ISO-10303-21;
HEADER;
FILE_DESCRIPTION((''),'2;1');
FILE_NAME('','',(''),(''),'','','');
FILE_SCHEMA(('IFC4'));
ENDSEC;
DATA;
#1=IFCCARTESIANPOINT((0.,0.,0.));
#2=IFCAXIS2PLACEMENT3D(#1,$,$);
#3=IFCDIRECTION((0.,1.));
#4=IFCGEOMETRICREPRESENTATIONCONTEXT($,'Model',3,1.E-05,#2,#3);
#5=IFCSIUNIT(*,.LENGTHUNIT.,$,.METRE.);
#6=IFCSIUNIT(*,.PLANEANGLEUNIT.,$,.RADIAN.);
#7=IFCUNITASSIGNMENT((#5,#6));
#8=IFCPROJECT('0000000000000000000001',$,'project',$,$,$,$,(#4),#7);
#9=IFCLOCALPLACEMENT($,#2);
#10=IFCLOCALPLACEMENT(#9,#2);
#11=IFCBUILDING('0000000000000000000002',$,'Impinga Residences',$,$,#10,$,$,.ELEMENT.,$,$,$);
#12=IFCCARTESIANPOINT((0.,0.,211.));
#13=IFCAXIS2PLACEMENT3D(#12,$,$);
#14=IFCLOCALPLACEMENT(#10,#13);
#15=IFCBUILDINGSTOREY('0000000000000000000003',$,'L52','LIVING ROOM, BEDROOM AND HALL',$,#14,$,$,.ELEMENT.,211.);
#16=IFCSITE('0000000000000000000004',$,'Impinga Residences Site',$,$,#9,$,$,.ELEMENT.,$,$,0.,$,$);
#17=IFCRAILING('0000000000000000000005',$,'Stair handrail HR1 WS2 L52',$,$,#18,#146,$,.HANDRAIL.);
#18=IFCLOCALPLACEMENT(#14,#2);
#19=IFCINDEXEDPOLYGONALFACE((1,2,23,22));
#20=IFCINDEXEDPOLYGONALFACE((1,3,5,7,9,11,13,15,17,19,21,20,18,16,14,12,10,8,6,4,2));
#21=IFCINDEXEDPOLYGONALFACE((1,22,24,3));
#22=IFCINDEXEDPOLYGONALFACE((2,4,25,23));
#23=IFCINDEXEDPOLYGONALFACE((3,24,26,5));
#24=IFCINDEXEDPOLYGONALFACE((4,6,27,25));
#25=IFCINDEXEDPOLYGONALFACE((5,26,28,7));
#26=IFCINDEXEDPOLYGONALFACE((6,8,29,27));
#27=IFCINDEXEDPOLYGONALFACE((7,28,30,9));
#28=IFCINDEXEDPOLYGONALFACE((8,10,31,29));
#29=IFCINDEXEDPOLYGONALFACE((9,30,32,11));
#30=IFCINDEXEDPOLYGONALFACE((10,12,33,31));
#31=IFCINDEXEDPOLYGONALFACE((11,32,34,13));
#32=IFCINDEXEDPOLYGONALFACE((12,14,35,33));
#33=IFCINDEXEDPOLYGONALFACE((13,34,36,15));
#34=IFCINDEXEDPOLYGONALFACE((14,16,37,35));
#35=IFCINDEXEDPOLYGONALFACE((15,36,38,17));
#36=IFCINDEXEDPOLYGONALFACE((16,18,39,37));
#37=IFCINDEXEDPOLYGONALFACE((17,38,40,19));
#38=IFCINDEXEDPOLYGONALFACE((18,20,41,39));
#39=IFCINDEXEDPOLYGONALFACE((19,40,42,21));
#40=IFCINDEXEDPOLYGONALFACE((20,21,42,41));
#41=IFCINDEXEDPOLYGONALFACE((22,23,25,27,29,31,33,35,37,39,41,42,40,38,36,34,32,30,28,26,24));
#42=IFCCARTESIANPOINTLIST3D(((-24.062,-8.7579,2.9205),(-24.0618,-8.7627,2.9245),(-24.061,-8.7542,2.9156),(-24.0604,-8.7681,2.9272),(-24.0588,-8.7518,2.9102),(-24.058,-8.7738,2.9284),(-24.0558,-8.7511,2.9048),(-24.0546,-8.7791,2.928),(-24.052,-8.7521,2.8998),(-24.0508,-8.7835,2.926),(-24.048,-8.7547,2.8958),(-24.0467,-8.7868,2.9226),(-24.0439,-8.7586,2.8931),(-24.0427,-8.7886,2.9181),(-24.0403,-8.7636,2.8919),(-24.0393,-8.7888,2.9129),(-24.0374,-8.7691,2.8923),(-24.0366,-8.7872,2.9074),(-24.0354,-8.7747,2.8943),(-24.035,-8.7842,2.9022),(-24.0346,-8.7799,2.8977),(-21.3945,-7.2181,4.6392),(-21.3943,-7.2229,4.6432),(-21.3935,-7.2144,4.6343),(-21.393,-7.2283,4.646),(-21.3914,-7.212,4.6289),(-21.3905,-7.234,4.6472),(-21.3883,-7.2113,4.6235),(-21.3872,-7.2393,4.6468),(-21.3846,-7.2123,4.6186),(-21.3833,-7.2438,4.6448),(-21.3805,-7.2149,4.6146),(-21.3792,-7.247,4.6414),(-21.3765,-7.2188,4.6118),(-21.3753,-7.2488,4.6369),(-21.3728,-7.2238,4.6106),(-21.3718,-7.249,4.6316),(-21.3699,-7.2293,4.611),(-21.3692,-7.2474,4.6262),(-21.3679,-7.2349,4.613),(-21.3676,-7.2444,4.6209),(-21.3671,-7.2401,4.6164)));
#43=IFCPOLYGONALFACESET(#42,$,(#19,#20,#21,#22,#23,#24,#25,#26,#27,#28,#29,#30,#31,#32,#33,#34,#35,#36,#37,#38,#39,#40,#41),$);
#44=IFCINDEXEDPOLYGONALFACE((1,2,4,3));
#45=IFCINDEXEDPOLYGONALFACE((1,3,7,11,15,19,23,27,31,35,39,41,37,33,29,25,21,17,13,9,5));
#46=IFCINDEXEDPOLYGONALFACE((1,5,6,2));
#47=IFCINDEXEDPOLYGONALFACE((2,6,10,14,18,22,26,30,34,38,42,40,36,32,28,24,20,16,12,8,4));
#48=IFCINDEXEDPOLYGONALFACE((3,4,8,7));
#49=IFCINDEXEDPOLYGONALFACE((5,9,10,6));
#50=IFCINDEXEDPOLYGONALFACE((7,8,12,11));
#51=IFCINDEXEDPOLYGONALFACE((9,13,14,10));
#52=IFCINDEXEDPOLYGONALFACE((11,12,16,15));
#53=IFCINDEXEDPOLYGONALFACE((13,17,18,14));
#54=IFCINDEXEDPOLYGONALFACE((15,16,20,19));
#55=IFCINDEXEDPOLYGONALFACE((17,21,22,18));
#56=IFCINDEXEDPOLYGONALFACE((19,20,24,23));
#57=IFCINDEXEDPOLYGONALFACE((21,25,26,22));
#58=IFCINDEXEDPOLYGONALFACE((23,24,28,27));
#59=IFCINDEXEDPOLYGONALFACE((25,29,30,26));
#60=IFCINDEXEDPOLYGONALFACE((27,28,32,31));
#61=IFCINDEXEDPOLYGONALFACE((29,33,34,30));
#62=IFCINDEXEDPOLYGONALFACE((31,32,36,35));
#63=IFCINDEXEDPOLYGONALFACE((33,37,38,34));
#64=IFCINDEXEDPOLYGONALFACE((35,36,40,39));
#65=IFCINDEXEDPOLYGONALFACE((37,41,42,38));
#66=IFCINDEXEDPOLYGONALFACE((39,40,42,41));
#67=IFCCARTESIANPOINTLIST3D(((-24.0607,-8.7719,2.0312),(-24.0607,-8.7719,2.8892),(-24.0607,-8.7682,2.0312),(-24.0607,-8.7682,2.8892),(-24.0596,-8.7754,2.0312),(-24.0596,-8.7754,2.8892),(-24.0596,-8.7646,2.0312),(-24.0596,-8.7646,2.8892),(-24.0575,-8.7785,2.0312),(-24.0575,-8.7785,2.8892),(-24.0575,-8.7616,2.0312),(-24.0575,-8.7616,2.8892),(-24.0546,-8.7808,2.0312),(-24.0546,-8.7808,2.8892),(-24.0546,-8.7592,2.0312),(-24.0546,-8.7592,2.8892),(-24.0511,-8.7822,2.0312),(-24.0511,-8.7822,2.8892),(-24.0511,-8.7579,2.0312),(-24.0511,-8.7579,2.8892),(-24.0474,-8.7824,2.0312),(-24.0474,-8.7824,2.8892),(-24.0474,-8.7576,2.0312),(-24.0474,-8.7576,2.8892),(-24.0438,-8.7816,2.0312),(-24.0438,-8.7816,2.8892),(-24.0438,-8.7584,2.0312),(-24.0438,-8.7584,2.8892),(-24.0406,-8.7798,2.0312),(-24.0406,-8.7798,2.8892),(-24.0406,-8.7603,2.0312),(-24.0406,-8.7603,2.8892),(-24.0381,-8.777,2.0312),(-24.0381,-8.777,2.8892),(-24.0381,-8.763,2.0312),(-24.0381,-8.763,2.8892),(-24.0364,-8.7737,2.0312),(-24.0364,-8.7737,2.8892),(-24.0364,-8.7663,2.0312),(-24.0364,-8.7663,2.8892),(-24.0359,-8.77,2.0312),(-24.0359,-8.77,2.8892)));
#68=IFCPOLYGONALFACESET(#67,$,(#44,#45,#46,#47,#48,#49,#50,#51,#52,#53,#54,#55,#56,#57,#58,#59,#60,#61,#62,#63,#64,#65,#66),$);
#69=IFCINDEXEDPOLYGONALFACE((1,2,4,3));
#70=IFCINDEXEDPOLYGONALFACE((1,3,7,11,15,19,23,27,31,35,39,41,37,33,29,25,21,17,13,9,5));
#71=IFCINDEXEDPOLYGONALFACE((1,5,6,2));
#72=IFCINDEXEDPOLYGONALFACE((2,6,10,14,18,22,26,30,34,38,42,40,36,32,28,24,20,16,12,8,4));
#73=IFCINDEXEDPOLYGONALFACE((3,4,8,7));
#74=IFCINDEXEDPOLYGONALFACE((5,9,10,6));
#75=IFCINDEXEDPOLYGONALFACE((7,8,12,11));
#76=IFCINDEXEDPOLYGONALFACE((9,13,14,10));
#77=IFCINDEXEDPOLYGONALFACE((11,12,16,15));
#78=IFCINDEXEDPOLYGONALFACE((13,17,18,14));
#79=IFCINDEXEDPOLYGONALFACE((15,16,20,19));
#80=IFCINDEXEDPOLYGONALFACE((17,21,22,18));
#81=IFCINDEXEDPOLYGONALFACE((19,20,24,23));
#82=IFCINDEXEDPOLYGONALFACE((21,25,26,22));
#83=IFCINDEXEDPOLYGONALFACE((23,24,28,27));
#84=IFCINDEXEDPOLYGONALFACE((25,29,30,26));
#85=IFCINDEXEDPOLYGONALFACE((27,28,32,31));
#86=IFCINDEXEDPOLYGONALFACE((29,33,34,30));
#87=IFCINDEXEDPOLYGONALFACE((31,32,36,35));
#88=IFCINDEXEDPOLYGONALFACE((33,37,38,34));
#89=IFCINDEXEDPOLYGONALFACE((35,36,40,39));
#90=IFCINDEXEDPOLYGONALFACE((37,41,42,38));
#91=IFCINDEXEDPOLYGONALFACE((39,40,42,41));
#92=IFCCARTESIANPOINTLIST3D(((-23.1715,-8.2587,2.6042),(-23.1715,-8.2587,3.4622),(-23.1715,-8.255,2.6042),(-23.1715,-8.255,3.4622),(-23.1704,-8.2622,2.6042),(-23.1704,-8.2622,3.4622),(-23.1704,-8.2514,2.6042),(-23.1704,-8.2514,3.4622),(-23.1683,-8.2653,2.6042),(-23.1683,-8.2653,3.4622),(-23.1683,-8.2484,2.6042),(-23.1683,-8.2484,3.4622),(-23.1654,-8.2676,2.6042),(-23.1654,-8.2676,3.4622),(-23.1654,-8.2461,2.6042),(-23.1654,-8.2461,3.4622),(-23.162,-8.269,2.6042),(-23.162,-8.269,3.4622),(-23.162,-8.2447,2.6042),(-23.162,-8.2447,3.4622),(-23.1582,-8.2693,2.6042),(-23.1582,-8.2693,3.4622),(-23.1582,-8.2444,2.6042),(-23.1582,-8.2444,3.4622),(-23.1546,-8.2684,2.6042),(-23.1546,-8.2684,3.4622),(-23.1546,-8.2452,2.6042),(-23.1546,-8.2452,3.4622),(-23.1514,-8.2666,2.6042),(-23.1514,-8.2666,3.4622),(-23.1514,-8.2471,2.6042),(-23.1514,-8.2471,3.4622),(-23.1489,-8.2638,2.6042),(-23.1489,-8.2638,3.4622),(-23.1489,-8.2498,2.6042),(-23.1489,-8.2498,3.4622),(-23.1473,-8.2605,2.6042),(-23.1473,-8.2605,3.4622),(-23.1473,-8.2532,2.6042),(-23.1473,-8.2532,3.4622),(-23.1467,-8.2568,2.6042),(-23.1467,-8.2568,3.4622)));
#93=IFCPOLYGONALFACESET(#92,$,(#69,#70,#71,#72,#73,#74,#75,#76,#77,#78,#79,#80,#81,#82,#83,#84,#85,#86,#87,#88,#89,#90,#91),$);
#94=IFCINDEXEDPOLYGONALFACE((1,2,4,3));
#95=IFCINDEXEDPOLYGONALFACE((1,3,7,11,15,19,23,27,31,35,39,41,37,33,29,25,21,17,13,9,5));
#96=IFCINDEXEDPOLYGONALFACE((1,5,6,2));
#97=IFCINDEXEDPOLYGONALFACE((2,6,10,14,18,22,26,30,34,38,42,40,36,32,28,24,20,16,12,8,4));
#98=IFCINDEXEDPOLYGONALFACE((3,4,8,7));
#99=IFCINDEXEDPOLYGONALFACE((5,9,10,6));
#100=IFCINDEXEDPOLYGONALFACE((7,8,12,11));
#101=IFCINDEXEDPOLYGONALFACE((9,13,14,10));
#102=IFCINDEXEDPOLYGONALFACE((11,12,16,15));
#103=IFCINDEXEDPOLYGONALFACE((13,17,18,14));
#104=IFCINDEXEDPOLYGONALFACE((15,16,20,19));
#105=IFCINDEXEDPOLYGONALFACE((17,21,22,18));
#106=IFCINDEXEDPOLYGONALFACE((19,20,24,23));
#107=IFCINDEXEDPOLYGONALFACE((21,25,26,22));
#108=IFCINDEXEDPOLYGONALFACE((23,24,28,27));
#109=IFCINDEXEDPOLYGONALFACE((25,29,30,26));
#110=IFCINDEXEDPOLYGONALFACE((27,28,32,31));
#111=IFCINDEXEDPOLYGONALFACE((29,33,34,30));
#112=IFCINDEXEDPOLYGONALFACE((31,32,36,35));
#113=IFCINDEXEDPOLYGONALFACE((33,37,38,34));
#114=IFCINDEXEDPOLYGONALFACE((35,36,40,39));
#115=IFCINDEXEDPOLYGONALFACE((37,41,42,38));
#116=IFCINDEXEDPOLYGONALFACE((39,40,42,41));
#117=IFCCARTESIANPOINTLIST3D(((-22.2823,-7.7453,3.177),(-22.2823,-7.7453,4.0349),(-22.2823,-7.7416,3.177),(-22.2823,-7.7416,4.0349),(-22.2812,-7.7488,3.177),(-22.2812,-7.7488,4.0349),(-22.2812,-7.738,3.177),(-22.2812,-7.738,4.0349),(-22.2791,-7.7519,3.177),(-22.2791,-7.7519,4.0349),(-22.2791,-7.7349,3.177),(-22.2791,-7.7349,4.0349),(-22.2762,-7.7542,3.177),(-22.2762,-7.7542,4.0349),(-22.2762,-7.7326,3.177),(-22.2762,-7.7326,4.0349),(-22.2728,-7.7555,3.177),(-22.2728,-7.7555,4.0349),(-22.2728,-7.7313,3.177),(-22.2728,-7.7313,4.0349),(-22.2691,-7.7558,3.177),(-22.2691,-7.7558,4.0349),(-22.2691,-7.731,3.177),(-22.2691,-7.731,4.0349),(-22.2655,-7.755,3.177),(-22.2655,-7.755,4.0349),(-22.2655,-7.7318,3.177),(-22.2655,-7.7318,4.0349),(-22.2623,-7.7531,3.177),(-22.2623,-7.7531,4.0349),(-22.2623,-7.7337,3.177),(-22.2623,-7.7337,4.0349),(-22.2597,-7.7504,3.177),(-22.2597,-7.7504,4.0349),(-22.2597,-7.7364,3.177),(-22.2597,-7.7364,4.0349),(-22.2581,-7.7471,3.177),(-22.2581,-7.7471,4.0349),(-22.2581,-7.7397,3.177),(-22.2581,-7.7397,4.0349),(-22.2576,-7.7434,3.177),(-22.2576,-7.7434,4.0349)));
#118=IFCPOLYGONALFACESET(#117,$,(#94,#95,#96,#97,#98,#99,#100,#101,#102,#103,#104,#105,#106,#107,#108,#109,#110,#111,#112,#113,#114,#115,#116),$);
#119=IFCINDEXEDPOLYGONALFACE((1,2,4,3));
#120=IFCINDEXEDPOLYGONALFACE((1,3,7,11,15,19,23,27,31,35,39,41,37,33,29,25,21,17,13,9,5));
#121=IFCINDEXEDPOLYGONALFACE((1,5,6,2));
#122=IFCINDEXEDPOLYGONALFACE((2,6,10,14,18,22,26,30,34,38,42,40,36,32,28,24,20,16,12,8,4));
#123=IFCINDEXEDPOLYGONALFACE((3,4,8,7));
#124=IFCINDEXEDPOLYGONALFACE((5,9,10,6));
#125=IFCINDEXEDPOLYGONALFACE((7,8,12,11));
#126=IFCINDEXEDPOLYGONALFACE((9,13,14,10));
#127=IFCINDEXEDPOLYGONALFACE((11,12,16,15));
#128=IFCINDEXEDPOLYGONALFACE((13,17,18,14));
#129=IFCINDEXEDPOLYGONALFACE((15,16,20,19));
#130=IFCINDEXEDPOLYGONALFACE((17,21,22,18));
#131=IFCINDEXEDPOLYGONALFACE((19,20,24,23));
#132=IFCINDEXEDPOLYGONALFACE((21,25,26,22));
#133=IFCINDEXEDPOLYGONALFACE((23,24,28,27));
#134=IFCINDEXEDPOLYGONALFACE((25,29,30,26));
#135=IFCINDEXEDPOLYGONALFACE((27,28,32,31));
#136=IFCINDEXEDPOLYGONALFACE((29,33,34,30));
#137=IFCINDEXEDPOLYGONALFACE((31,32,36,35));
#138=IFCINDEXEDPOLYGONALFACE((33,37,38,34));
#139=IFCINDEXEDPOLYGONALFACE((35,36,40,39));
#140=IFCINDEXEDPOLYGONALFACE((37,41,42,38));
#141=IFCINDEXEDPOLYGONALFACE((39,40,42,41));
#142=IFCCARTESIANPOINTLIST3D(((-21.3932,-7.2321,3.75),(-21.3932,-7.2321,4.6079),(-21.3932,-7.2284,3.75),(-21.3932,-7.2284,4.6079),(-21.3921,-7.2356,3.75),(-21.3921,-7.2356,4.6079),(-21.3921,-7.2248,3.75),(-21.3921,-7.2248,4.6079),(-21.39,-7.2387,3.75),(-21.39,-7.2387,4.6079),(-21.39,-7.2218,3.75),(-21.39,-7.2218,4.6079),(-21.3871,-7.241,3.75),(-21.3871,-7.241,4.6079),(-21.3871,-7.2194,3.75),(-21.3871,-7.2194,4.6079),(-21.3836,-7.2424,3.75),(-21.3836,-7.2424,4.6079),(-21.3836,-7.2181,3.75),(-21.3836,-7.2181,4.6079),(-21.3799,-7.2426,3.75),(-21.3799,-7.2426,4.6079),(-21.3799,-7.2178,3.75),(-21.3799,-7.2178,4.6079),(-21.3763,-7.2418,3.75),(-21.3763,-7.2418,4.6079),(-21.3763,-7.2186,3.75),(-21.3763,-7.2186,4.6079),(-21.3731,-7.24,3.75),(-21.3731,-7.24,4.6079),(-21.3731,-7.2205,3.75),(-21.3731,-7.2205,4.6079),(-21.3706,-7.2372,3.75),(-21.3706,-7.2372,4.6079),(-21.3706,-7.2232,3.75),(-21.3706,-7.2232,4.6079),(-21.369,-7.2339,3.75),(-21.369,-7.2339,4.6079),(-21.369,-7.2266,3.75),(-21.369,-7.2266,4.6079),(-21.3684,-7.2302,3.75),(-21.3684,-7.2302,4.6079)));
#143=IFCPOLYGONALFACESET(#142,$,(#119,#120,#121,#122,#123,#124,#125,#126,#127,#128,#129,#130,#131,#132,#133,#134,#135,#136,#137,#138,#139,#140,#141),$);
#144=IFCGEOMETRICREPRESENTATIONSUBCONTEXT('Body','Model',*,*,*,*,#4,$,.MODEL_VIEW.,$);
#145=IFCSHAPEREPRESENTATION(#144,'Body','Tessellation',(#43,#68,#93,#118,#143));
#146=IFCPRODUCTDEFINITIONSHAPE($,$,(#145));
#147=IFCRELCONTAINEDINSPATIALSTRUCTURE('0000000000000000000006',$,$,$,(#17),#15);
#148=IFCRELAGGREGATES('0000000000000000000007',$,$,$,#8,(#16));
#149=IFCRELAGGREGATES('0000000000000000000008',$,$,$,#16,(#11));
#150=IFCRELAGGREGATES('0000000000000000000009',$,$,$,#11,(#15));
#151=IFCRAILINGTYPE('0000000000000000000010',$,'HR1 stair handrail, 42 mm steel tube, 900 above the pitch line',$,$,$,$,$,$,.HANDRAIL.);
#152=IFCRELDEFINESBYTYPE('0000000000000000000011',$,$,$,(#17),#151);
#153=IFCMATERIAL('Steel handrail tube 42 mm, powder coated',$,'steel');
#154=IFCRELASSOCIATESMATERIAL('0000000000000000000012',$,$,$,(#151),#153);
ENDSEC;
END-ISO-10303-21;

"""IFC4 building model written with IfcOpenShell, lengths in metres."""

from ifc_helpers import new_model, si_unit, direction, frame, origin, origin_2d, place, context, subcontext, project, spatial, circle, extrude, material, type_object, element, save


model = new_model("IFC4")

# Units and contexts
model_context = context("Model", 3, precision=1e-05, world=origin(), true_north=direction((0.0, 1.0)))
body_context = subcontext(model_context, "Body", "Model", "MODEL_VIEW")
ifc_project = project(units=[si_unit("LENGTHUNIT", "METRE"), si_unit("PLANEANGLEUNIT", "RADIAN")], contexts=[model_context])

# Site, building, storey
site_placement = place(None, origin())
site = spatial("IfcSite", under=ifc_project, at=site_placement, Name="Impinga Residences Site", CompositionType="ELEMENT", RefElevation=0.0)
building_placement = place(site_placement, origin())
building = spatial("IfcBuilding", under=site, at=building_placement, Name="Impinga Residences", CompositionType="ELEMENT")
storey_placement = place(building_placement, frame((0.0, 0.0, 211.0)))
storey = spatial("IfcBuildingStorey", under=building, at=storey_placement, Name="L52", Description="LIVING ROOM, BEDROOM AND HALL", CompositionType="ELEMENT", Elevation=211.0)

# Railing
ifc_material_1 = material(Name="Steel handrail tube 42 mm, powder coated", Category="steel")
railing_type = type_object("IfcRailingType", Name="HR1 stair handrail, 42 mm steel tube, 900 above the pitch line", PredefinedType="HANDRAIL", material=ifc_material_1)
railing_placement = place(storey_placement, frame((-24.0483, -8.77, 2.0312)))
element("IfcRailing", 1, at=railing_placement, inside=storey, type_object=railing_type, Name="Stair handrail HR1 WS2 L52", PredefinedType="HANDRAIL", context=body_context, shape_type="SweptSolid", body=[
    extrude(circle(Radius=0.021, at=origin_2d()), frame((0.0, 0.0, 0.8789), z_axis=(0.756279, 0.43656, 0.487297), x_axis=(-0.499933, 0.866064, 0.0)), (0.0, 0.0, 1.0), 3.5271),
    extrude(circle(Radius=0.0125, at=origin_2d()), origin(), (0.0, 0.0, 1.0), 0.8579),
    extrude(circle(Radius=0.0125, at=origin_2d()), frame((0.8892, 0.5132, 0.573)), (0.0, 0.0, 1.0), 0.8579),
    extrude(circle(Radius=0.0125, at=origin_2d()), frame((1.7783, 1.0266, 1.1458)), (0.0, 0.0, 1.0), 0.8579),
    extrude(circle(Radius=0.0125, at=origin_2d()), frame((2.6675, 1.5398, 1.7188)), (0.0, 0.0, 1.0), 0.8579),
])

save(model, "model.ifc")
